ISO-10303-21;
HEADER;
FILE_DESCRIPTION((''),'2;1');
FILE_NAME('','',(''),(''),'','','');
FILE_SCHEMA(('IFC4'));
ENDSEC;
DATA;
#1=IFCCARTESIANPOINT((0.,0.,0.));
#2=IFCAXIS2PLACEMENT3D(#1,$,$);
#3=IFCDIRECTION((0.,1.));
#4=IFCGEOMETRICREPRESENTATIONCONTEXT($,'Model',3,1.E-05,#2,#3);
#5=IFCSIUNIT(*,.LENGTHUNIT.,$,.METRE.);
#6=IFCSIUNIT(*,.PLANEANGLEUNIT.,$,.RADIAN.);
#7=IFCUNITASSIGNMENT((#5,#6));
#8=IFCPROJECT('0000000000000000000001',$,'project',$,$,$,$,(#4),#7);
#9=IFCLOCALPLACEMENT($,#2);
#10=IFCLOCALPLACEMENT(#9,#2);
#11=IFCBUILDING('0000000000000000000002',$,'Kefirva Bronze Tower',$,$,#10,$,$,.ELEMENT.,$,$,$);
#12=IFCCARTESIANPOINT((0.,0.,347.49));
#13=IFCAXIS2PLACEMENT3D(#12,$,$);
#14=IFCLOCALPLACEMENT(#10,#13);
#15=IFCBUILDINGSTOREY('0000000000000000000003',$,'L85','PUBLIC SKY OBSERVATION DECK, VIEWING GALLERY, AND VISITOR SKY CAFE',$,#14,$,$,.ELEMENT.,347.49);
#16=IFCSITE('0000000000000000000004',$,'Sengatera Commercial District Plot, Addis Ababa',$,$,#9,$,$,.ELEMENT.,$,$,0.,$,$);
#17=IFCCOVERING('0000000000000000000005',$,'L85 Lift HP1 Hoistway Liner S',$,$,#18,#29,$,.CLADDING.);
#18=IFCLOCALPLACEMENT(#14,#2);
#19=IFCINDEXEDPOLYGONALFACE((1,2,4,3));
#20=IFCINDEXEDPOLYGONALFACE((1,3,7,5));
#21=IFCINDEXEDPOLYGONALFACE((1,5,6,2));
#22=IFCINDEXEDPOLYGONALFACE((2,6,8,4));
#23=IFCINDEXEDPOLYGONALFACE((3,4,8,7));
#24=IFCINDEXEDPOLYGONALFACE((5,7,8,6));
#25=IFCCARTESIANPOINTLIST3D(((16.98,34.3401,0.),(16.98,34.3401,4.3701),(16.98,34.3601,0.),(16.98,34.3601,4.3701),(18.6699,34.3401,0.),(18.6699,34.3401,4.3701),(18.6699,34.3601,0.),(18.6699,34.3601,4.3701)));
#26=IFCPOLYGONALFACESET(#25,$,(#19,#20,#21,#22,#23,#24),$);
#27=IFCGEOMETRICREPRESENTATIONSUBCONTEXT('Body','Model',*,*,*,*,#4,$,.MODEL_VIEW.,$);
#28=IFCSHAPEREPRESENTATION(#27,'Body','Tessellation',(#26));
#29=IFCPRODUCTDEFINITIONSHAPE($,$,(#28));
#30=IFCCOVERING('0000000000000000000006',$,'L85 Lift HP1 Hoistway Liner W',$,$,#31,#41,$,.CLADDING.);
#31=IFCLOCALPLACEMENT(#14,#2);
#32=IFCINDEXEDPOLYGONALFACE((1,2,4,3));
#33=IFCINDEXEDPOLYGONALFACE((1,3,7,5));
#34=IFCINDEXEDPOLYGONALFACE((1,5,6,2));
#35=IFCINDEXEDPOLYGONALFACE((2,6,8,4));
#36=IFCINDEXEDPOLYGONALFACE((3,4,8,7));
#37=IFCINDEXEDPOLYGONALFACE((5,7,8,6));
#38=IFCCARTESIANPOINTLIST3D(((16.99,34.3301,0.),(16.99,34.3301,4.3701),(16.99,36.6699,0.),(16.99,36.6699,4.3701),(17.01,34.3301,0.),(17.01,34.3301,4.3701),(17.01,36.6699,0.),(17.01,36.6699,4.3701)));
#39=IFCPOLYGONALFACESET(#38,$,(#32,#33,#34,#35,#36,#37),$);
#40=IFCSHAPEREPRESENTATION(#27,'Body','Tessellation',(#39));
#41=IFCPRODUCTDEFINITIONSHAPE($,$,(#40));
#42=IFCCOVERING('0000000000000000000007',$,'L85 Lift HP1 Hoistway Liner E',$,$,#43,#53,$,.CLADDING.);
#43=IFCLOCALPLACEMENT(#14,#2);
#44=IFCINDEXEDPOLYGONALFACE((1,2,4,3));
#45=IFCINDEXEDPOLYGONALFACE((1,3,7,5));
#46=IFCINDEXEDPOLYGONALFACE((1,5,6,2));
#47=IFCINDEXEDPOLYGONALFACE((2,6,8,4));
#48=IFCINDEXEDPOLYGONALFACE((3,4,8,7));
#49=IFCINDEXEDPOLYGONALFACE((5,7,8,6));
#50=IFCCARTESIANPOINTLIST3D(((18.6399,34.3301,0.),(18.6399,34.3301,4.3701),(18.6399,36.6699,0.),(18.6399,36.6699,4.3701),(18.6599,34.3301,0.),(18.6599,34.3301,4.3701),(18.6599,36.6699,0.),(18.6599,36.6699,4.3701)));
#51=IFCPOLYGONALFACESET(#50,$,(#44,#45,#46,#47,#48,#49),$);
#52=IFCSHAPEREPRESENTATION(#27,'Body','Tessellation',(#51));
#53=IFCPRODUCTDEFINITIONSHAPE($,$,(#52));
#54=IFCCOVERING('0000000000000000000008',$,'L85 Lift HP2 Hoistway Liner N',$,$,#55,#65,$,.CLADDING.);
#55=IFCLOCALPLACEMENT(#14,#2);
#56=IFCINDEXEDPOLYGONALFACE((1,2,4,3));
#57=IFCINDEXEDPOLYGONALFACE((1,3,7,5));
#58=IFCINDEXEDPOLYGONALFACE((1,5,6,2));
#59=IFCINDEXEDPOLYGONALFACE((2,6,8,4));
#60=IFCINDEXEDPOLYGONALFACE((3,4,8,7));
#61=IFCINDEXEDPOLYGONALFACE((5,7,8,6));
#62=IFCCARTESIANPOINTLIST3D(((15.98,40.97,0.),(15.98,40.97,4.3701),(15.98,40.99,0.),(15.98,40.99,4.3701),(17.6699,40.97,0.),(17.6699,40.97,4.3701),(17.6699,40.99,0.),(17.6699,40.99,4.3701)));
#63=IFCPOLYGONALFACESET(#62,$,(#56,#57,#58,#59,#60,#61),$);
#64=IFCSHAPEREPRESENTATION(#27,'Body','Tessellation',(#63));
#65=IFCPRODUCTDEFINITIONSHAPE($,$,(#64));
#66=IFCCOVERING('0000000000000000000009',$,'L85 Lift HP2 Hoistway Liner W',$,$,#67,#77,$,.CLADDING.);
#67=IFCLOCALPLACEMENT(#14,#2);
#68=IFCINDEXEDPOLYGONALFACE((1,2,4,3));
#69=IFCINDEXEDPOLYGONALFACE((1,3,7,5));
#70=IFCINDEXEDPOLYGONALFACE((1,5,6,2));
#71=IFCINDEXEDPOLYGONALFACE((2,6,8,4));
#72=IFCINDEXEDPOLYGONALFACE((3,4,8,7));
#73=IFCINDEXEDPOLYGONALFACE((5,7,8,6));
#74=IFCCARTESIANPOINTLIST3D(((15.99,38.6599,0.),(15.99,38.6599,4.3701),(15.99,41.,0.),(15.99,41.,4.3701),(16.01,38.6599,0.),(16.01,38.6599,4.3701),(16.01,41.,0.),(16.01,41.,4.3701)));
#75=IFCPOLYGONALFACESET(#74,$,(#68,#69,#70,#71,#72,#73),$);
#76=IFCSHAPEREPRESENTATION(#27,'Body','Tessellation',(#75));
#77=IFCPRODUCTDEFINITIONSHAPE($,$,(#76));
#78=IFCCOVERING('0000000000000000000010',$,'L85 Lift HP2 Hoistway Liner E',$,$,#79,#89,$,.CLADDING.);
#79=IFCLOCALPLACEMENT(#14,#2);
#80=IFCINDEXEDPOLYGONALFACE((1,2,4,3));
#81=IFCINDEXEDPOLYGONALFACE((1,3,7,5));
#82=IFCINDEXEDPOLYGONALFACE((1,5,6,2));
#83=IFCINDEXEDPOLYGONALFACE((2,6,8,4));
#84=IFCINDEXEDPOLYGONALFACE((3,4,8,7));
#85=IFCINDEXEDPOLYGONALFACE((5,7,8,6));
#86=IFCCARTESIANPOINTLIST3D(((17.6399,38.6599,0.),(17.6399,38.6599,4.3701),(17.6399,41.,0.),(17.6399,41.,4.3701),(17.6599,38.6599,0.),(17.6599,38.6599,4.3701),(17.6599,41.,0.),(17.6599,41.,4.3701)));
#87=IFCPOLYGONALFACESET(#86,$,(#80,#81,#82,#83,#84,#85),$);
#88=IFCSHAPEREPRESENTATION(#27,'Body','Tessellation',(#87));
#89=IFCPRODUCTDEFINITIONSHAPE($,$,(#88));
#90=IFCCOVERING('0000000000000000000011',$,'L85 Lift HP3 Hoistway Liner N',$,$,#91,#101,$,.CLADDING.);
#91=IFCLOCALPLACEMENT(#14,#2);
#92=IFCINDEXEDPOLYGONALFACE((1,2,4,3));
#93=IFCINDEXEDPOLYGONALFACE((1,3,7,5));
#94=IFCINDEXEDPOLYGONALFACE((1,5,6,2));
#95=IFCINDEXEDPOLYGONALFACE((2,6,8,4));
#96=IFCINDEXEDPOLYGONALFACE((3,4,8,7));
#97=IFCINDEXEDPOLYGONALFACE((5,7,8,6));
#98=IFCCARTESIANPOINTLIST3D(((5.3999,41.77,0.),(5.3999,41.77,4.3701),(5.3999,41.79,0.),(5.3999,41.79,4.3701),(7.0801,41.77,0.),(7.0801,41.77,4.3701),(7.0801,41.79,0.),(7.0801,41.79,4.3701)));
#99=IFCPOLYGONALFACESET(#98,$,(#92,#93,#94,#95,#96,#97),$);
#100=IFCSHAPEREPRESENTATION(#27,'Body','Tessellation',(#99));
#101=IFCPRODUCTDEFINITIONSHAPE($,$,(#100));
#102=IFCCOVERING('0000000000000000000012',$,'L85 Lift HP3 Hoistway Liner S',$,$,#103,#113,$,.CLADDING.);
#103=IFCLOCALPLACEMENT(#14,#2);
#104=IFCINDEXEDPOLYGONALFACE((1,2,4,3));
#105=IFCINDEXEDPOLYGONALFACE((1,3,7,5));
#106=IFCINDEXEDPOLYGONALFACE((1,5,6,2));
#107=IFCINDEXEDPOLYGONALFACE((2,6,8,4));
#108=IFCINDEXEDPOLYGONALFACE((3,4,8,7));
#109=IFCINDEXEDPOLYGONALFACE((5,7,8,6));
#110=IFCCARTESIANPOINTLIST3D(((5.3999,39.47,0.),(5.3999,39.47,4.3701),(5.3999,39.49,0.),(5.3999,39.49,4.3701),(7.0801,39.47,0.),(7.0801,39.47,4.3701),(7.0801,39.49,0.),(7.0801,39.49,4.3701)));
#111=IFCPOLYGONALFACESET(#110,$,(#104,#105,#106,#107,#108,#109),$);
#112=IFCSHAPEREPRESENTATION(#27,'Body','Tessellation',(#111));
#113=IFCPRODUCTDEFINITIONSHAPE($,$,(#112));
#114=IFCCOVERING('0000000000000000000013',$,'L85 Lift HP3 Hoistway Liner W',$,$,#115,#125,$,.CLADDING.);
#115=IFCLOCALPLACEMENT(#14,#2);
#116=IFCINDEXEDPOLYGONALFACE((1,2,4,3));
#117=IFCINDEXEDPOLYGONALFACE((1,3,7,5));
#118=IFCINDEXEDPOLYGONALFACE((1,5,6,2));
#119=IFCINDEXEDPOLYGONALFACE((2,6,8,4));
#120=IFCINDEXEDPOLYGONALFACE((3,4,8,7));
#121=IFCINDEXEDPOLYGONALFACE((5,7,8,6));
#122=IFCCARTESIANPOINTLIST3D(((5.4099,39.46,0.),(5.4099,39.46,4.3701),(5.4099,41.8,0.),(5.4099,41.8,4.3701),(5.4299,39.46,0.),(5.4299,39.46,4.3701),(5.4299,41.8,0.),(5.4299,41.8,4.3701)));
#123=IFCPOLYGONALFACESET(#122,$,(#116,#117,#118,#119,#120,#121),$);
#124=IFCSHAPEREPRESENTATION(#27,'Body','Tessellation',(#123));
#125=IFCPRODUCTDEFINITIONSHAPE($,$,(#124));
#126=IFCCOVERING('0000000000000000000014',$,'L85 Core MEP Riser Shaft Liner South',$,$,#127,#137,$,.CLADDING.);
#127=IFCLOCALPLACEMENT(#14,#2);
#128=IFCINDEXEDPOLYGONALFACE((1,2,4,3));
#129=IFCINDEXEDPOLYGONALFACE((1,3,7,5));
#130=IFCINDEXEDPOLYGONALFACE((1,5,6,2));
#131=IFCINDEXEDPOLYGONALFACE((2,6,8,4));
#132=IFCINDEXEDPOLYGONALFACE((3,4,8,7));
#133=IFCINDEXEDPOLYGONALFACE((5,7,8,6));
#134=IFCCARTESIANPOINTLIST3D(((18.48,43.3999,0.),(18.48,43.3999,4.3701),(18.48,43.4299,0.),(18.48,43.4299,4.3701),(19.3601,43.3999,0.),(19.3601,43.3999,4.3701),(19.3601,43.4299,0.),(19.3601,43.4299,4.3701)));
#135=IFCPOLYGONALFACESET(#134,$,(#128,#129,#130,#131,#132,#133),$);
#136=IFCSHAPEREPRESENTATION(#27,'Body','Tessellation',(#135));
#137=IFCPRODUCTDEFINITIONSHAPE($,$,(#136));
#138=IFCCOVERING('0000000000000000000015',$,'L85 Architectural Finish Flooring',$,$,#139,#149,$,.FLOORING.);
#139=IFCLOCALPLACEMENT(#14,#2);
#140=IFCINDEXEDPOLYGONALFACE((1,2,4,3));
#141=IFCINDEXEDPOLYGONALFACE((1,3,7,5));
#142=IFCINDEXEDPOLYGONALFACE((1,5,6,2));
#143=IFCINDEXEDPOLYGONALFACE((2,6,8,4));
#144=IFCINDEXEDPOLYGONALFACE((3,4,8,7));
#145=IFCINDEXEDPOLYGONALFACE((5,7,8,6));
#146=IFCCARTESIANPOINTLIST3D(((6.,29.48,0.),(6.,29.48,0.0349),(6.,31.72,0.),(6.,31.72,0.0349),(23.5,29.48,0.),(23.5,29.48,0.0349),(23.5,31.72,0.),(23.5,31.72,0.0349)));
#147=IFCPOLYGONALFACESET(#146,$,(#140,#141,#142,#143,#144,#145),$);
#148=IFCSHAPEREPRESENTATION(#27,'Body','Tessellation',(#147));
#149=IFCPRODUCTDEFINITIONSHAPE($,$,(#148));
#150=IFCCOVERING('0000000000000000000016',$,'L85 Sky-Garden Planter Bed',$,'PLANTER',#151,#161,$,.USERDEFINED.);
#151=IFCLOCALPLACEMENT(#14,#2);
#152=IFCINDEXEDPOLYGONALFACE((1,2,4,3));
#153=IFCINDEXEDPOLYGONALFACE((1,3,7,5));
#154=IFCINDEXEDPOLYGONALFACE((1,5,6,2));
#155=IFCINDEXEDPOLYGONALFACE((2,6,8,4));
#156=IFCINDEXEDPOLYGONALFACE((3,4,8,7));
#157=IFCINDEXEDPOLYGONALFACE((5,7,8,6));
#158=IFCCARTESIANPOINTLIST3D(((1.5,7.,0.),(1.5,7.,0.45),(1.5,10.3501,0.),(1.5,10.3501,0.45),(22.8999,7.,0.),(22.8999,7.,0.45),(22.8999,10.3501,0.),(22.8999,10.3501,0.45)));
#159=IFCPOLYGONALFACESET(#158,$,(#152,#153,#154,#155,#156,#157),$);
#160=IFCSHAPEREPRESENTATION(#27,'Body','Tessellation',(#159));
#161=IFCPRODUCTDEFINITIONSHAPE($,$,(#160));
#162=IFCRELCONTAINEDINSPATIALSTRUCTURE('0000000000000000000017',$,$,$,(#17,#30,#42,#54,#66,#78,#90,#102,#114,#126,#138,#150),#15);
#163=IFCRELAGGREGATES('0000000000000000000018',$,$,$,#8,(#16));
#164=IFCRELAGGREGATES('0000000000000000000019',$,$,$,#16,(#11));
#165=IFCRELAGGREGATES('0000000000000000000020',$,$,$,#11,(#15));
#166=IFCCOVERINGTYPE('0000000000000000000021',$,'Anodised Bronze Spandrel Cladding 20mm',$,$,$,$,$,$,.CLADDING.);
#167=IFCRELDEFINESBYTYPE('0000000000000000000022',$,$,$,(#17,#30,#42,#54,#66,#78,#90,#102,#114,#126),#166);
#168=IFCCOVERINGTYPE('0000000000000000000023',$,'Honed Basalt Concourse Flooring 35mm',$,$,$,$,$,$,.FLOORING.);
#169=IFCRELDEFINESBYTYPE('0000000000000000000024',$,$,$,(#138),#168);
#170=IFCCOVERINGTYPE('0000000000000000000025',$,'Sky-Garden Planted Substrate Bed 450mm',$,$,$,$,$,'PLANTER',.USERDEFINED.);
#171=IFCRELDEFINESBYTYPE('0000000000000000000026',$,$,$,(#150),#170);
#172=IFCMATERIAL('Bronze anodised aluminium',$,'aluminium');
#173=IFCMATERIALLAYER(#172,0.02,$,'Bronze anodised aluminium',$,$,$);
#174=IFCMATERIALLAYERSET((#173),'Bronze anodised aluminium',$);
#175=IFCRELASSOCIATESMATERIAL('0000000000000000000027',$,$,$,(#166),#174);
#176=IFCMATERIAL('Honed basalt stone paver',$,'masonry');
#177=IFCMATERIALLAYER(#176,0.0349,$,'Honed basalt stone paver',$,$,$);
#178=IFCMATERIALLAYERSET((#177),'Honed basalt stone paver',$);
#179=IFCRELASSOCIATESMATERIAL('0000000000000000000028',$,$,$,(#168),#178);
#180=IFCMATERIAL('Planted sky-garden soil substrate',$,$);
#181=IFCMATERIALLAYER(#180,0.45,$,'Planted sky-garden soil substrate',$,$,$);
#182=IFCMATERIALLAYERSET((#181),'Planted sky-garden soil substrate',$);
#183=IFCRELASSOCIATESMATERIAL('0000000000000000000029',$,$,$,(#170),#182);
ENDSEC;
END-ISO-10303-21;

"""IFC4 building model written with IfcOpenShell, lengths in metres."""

from ifc_helpers import new_model, si_unit, direction, frame, origin, place, context, subcontext, project, spatial, polyline, outline, extrude, material, layer, layer_set, type_object, element, save


model = new_model("IFC4")

# Units and contexts
model_context = context("Model", 3, precision=1e-05, world=origin(), true_north=direction((0.0, 1.0)))
body_context = subcontext(model_context, "Body", "Model", "MODEL_VIEW")
ifc_project = project(units=[si_unit("LENGTHUNIT", "METRE"), si_unit("PLANEANGLEUNIT", "RADIAN")], contexts=[model_context])

# Site, building, storey
site_placement = place(None, origin())
site = spatial("IfcSite", under=ifc_project, at=site_placement, Name="Sengatera Commercial District Plot, Addis Ababa", CompositionType="ELEMENT", RefElevation=0.0)
building_placement = place(site_placement, origin())
building = spatial("IfcBuilding", under=site, at=building_placement, Name="Kefirva Bronze Tower", CompositionType="ELEMENT")
storey_placement = place(building_placement, frame((0.0, 0.0, 347.49)))
storey = spatial("IfcBuildingStorey", under=building, at=storey_placement, Name="L85", Description="PUBLIC SKY OBSERVATION DECK, VIEWING GALLERY, AND VISITOR SKY CAFE", CompositionType="ELEMENT", Elevation=347.49)

# Coverings
ifc_material_1 = material(Name="Bronze anodised aluminium", Category="aluminium")
ifc_layer_1 = layer(ifc_material_1, 0.02, Name="Bronze anodised aluminium")
ifc_layer_set_1 = layer_set([ifc_layer_1], Name="Bronze anodised aluminium")
covering_type_1 = type_object("IfcCoveringType", Name="Anodised Bronze Spandrel Cladding 20mm", PredefinedType="CLADDING", material=ifc_layer_set_1)
covering_1_placement = place(storey_placement, origin())
element("IfcCovering", 1, at=covering_1_placement, inside=storey, type_object=covering_type_1, Name="L85 Lift HP1 Hoistway Liner S", PredefinedType="CLADDING", context=body_context, shape_type="SweptSolid", body=[
    extrude(outline(polyline([(16.98, 34.3401), (18.6699, 34.3401), (18.6699, 34.3601), (16.98, 34.3601), (16.98, 34.3401)])), origin(), (0.0, 0.0, 1.0), 4.3701),
])
covering_2_placement = place(storey_placement, origin())
element("IfcCovering", 2, at=covering_2_placement, inside=storey, type_object=covering_type_1, Name="L85 Lift HP1 Hoistway Liner W", PredefinedType="CLADDING", context=body_context, shape_type="SweptSolid", body=[
    extrude(outline(polyline([(16.99, 34.3301), (17.01, 34.3301), (17.01, 36.6699), (16.99, 36.6699), (16.99, 34.3301)])), origin(), (0.0, 0.0, 1.0), 4.3701),
])
covering_3_placement = place(storey_placement, origin())
element("IfcCovering", 3, at=covering_3_placement, inside=storey, type_object=covering_type_1, Name="L85 Lift HP1 Hoistway Liner E", PredefinedType="CLADDING", context=body_context, shape_type="SweptSolid", body=[
    extrude(outline(polyline([(18.6399, 34.3301), (18.6599, 34.3301), (18.6599, 36.6699), (18.6399, 36.6699), (18.6399, 34.3301)])), origin(), (0.0, 0.0, 1.0), 4.3701),
])
covering_4_placement = place(storey_placement, origin())
element("IfcCovering", 4, at=covering_4_placement, inside=storey, type_object=covering_type_1, Name="L85 Lift HP2 Hoistway Liner N", PredefinedType="CLADDING", context=body_context, shape_type="SweptSolid", body=[
    extrude(outline(polyline([(15.98, 40.97), (17.6699, 40.97), (17.6699, 40.99), (15.98, 40.99), (15.98, 40.97)])), origin(), (0.0, 0.0, 1.0), 4.3701),
])
covering_5_placement = place(storey_placement, origin())
element("IfcCovering", 5, at=covering_5_placement, inside=storey, type_object=covering_type_1, Name="L85 Lift HP2 Hoistway Liner W", PredefinedType="CLADDING", context=body_context, shape_type="SweptSolid", body=[
    extrude(outline(polyline([(15.99, 38.6599), (16.01, 38.6599), (16.01, 41.0), (15.99, 41.0), (15.99, 38.6599)])), origin(), (0.0, 0.0, 1.0), 4.3701),
])
covering_6_placement = place(storey_placement, origin())
element("IfcCovering", 6, at=covering_6_placement, inside=storey, type_object=covering_type_1, Name="L85 Lift HP2 Hoistway Liner E", PredefinedType="CLADDING", context=body_context, shape_type="SweptSolid", body=[
    extrude(outline(polyline([(17.6399, 38.6599), (17.6599, 38.6599), (17.6599, 41.0), (17.6399, 41.0), (17.6399, 38.6599)])), origin(), (0.0, 0.0, 1.0), 4.3701),
])
covering_7_placement = place(storey_placement, origin())
element("IfcCovering", 7, at=covering_7_placement, inside=storey, type_object=covering_type_1, Name="L85 Lift HP3 Hoistway Liner N", PredefinedType="CLADDING", context=body_context, shape_type="SweptSolid", body=[
    extrude(outline(polyline([(5.3999, 41.77), (7.0801, 41.77), (7.0801, 41.79), (5.3999, 41.79), (5.3999, 41.77)])), origin(), (0.0, 0.0, 1.0), 4.3701),
])
covering_8_placement = place(storey_placement, origin())
element("IfcCovering", 8, at=covering_8_placement, inside=storey, type_object=covering_type_1, Name="L85 Lift HP3 Hoistway Liner S", PredefinedType="CLADDING", context=body_context, shape_type="SweptSolid", body=[
    extrude(outline(polyline([(5.3999, 39.47), (7.0801, 39.47), (7.0801, 39.49), (5.3999, 39.49), (5.3999, 39.47)])), origin(), (0.0, 0.0, 1.0), 4.3701),
])
covering_9_placement = place(storey_placement, origin())
element("IfcCovering", 9, at=covering_9_placement, inside=storey, type_object=covering_type_1, Name="L85 Lift HP3 Hoistway Liner W", PredefinedType="CLADDING", context=body_context, shape_type="SweptSolid", body=[
    extrude(outline(polyline([(5.4099, 39.46), (5.4299, 39.46), (5.4299, 41.8), (5.4099, 41.8), (5.4099, 39.46)])), origin(), (0.0, 0.0, 1.0), 4.3701),
])
covering_10_placement = place(storey_placement, origin())
element("IfcCovering", 10, at=covering_10_placement, inside=storey, type_object=covering_type_1, Name="L85 Core MEP Riser Shaft Liner South", PredefinedType="CLADDING", context=body_context, shape_type="SweptSolid", body=[
    extrude(outline(polyline([(18.48, 43.3999), (19.3601, 43.3999), (19.3601, 43.4299), (18.48, 43.4299), (18.48, 43.3999)])), origin(), (0.0, 0.0, 1.0), 4.3701),
])
ifc_material_2 = material(Name="Honed basalt stone paver", Category="masonry")
ifc_layer_2 = layer(ifc_material_2, 0.0349, Name="Honed basalt stone paver")
ifc_layer_set_2 = layer_set([ifc_layer_2], Name="Honed basalt stone paver")
covering_type_2 = type_object("IfcCoveringType", Name="Honed Basalt Concourse Flooring 35mm", PredefinedType="FLOORING", material=ifc_layer_set_2)
covering_11_placement = place(storey_placement, origin())
element("IfcCovering", 11, at=covering_11_placement, inside=storey, type_object=covering_type_2, Name="L85 Architectural Finish Flooring", PredefinedType="FLOORING", context=body_context, shape_type="SweptSolid", body=[
    extrude(outline(polyline([(6.0, 29.48), (23.5, 29.48), (23.5, 31.72), (6.0, 31.72), (6.0, 29.48)])), origin(), (0.0, 0.0, 1.0), 0.0349),
])
ifc_material_3 = material(Name="Planted sky-garden soil substrate")
ifc_layer_3 = layer(ifc_material_3, 0.45, Name="Planted sky-garden soil substrate")
ifc_layer_set_3 = layer_set([ifc_layer_3], Name="Planted sky-garden soil substrate")
covering_type_3 = type_object("IfcCoveringType", Name="Sky-Garden Planted Substrate Bed 450mm", ElementType="PLANTER", PredefinedType="USERDEFINED", material=ifc_layer_set_3)
covering_12_placement = place(storey_placement, origin())
element("IfcCovering", 12, at=covering_12_placement, inside=storey, type_object=covering_type_3, Name="L85 Sky-Garden Planter Bed", ObjectType="PLANTER", PredefinedType="USERDEFINED", context=body_context, shape_type="SweptSolid", body=[
    extrude(outline(polyline([(1.5, 7.0), (22.8999, 7.0), (22.8999, 10.3501), (1.5, 10.3501), (1.5, 7.0)])), origin(), (0.0, 0.0, 1.0), 0.45),
])

save(model, "model.ifc")
